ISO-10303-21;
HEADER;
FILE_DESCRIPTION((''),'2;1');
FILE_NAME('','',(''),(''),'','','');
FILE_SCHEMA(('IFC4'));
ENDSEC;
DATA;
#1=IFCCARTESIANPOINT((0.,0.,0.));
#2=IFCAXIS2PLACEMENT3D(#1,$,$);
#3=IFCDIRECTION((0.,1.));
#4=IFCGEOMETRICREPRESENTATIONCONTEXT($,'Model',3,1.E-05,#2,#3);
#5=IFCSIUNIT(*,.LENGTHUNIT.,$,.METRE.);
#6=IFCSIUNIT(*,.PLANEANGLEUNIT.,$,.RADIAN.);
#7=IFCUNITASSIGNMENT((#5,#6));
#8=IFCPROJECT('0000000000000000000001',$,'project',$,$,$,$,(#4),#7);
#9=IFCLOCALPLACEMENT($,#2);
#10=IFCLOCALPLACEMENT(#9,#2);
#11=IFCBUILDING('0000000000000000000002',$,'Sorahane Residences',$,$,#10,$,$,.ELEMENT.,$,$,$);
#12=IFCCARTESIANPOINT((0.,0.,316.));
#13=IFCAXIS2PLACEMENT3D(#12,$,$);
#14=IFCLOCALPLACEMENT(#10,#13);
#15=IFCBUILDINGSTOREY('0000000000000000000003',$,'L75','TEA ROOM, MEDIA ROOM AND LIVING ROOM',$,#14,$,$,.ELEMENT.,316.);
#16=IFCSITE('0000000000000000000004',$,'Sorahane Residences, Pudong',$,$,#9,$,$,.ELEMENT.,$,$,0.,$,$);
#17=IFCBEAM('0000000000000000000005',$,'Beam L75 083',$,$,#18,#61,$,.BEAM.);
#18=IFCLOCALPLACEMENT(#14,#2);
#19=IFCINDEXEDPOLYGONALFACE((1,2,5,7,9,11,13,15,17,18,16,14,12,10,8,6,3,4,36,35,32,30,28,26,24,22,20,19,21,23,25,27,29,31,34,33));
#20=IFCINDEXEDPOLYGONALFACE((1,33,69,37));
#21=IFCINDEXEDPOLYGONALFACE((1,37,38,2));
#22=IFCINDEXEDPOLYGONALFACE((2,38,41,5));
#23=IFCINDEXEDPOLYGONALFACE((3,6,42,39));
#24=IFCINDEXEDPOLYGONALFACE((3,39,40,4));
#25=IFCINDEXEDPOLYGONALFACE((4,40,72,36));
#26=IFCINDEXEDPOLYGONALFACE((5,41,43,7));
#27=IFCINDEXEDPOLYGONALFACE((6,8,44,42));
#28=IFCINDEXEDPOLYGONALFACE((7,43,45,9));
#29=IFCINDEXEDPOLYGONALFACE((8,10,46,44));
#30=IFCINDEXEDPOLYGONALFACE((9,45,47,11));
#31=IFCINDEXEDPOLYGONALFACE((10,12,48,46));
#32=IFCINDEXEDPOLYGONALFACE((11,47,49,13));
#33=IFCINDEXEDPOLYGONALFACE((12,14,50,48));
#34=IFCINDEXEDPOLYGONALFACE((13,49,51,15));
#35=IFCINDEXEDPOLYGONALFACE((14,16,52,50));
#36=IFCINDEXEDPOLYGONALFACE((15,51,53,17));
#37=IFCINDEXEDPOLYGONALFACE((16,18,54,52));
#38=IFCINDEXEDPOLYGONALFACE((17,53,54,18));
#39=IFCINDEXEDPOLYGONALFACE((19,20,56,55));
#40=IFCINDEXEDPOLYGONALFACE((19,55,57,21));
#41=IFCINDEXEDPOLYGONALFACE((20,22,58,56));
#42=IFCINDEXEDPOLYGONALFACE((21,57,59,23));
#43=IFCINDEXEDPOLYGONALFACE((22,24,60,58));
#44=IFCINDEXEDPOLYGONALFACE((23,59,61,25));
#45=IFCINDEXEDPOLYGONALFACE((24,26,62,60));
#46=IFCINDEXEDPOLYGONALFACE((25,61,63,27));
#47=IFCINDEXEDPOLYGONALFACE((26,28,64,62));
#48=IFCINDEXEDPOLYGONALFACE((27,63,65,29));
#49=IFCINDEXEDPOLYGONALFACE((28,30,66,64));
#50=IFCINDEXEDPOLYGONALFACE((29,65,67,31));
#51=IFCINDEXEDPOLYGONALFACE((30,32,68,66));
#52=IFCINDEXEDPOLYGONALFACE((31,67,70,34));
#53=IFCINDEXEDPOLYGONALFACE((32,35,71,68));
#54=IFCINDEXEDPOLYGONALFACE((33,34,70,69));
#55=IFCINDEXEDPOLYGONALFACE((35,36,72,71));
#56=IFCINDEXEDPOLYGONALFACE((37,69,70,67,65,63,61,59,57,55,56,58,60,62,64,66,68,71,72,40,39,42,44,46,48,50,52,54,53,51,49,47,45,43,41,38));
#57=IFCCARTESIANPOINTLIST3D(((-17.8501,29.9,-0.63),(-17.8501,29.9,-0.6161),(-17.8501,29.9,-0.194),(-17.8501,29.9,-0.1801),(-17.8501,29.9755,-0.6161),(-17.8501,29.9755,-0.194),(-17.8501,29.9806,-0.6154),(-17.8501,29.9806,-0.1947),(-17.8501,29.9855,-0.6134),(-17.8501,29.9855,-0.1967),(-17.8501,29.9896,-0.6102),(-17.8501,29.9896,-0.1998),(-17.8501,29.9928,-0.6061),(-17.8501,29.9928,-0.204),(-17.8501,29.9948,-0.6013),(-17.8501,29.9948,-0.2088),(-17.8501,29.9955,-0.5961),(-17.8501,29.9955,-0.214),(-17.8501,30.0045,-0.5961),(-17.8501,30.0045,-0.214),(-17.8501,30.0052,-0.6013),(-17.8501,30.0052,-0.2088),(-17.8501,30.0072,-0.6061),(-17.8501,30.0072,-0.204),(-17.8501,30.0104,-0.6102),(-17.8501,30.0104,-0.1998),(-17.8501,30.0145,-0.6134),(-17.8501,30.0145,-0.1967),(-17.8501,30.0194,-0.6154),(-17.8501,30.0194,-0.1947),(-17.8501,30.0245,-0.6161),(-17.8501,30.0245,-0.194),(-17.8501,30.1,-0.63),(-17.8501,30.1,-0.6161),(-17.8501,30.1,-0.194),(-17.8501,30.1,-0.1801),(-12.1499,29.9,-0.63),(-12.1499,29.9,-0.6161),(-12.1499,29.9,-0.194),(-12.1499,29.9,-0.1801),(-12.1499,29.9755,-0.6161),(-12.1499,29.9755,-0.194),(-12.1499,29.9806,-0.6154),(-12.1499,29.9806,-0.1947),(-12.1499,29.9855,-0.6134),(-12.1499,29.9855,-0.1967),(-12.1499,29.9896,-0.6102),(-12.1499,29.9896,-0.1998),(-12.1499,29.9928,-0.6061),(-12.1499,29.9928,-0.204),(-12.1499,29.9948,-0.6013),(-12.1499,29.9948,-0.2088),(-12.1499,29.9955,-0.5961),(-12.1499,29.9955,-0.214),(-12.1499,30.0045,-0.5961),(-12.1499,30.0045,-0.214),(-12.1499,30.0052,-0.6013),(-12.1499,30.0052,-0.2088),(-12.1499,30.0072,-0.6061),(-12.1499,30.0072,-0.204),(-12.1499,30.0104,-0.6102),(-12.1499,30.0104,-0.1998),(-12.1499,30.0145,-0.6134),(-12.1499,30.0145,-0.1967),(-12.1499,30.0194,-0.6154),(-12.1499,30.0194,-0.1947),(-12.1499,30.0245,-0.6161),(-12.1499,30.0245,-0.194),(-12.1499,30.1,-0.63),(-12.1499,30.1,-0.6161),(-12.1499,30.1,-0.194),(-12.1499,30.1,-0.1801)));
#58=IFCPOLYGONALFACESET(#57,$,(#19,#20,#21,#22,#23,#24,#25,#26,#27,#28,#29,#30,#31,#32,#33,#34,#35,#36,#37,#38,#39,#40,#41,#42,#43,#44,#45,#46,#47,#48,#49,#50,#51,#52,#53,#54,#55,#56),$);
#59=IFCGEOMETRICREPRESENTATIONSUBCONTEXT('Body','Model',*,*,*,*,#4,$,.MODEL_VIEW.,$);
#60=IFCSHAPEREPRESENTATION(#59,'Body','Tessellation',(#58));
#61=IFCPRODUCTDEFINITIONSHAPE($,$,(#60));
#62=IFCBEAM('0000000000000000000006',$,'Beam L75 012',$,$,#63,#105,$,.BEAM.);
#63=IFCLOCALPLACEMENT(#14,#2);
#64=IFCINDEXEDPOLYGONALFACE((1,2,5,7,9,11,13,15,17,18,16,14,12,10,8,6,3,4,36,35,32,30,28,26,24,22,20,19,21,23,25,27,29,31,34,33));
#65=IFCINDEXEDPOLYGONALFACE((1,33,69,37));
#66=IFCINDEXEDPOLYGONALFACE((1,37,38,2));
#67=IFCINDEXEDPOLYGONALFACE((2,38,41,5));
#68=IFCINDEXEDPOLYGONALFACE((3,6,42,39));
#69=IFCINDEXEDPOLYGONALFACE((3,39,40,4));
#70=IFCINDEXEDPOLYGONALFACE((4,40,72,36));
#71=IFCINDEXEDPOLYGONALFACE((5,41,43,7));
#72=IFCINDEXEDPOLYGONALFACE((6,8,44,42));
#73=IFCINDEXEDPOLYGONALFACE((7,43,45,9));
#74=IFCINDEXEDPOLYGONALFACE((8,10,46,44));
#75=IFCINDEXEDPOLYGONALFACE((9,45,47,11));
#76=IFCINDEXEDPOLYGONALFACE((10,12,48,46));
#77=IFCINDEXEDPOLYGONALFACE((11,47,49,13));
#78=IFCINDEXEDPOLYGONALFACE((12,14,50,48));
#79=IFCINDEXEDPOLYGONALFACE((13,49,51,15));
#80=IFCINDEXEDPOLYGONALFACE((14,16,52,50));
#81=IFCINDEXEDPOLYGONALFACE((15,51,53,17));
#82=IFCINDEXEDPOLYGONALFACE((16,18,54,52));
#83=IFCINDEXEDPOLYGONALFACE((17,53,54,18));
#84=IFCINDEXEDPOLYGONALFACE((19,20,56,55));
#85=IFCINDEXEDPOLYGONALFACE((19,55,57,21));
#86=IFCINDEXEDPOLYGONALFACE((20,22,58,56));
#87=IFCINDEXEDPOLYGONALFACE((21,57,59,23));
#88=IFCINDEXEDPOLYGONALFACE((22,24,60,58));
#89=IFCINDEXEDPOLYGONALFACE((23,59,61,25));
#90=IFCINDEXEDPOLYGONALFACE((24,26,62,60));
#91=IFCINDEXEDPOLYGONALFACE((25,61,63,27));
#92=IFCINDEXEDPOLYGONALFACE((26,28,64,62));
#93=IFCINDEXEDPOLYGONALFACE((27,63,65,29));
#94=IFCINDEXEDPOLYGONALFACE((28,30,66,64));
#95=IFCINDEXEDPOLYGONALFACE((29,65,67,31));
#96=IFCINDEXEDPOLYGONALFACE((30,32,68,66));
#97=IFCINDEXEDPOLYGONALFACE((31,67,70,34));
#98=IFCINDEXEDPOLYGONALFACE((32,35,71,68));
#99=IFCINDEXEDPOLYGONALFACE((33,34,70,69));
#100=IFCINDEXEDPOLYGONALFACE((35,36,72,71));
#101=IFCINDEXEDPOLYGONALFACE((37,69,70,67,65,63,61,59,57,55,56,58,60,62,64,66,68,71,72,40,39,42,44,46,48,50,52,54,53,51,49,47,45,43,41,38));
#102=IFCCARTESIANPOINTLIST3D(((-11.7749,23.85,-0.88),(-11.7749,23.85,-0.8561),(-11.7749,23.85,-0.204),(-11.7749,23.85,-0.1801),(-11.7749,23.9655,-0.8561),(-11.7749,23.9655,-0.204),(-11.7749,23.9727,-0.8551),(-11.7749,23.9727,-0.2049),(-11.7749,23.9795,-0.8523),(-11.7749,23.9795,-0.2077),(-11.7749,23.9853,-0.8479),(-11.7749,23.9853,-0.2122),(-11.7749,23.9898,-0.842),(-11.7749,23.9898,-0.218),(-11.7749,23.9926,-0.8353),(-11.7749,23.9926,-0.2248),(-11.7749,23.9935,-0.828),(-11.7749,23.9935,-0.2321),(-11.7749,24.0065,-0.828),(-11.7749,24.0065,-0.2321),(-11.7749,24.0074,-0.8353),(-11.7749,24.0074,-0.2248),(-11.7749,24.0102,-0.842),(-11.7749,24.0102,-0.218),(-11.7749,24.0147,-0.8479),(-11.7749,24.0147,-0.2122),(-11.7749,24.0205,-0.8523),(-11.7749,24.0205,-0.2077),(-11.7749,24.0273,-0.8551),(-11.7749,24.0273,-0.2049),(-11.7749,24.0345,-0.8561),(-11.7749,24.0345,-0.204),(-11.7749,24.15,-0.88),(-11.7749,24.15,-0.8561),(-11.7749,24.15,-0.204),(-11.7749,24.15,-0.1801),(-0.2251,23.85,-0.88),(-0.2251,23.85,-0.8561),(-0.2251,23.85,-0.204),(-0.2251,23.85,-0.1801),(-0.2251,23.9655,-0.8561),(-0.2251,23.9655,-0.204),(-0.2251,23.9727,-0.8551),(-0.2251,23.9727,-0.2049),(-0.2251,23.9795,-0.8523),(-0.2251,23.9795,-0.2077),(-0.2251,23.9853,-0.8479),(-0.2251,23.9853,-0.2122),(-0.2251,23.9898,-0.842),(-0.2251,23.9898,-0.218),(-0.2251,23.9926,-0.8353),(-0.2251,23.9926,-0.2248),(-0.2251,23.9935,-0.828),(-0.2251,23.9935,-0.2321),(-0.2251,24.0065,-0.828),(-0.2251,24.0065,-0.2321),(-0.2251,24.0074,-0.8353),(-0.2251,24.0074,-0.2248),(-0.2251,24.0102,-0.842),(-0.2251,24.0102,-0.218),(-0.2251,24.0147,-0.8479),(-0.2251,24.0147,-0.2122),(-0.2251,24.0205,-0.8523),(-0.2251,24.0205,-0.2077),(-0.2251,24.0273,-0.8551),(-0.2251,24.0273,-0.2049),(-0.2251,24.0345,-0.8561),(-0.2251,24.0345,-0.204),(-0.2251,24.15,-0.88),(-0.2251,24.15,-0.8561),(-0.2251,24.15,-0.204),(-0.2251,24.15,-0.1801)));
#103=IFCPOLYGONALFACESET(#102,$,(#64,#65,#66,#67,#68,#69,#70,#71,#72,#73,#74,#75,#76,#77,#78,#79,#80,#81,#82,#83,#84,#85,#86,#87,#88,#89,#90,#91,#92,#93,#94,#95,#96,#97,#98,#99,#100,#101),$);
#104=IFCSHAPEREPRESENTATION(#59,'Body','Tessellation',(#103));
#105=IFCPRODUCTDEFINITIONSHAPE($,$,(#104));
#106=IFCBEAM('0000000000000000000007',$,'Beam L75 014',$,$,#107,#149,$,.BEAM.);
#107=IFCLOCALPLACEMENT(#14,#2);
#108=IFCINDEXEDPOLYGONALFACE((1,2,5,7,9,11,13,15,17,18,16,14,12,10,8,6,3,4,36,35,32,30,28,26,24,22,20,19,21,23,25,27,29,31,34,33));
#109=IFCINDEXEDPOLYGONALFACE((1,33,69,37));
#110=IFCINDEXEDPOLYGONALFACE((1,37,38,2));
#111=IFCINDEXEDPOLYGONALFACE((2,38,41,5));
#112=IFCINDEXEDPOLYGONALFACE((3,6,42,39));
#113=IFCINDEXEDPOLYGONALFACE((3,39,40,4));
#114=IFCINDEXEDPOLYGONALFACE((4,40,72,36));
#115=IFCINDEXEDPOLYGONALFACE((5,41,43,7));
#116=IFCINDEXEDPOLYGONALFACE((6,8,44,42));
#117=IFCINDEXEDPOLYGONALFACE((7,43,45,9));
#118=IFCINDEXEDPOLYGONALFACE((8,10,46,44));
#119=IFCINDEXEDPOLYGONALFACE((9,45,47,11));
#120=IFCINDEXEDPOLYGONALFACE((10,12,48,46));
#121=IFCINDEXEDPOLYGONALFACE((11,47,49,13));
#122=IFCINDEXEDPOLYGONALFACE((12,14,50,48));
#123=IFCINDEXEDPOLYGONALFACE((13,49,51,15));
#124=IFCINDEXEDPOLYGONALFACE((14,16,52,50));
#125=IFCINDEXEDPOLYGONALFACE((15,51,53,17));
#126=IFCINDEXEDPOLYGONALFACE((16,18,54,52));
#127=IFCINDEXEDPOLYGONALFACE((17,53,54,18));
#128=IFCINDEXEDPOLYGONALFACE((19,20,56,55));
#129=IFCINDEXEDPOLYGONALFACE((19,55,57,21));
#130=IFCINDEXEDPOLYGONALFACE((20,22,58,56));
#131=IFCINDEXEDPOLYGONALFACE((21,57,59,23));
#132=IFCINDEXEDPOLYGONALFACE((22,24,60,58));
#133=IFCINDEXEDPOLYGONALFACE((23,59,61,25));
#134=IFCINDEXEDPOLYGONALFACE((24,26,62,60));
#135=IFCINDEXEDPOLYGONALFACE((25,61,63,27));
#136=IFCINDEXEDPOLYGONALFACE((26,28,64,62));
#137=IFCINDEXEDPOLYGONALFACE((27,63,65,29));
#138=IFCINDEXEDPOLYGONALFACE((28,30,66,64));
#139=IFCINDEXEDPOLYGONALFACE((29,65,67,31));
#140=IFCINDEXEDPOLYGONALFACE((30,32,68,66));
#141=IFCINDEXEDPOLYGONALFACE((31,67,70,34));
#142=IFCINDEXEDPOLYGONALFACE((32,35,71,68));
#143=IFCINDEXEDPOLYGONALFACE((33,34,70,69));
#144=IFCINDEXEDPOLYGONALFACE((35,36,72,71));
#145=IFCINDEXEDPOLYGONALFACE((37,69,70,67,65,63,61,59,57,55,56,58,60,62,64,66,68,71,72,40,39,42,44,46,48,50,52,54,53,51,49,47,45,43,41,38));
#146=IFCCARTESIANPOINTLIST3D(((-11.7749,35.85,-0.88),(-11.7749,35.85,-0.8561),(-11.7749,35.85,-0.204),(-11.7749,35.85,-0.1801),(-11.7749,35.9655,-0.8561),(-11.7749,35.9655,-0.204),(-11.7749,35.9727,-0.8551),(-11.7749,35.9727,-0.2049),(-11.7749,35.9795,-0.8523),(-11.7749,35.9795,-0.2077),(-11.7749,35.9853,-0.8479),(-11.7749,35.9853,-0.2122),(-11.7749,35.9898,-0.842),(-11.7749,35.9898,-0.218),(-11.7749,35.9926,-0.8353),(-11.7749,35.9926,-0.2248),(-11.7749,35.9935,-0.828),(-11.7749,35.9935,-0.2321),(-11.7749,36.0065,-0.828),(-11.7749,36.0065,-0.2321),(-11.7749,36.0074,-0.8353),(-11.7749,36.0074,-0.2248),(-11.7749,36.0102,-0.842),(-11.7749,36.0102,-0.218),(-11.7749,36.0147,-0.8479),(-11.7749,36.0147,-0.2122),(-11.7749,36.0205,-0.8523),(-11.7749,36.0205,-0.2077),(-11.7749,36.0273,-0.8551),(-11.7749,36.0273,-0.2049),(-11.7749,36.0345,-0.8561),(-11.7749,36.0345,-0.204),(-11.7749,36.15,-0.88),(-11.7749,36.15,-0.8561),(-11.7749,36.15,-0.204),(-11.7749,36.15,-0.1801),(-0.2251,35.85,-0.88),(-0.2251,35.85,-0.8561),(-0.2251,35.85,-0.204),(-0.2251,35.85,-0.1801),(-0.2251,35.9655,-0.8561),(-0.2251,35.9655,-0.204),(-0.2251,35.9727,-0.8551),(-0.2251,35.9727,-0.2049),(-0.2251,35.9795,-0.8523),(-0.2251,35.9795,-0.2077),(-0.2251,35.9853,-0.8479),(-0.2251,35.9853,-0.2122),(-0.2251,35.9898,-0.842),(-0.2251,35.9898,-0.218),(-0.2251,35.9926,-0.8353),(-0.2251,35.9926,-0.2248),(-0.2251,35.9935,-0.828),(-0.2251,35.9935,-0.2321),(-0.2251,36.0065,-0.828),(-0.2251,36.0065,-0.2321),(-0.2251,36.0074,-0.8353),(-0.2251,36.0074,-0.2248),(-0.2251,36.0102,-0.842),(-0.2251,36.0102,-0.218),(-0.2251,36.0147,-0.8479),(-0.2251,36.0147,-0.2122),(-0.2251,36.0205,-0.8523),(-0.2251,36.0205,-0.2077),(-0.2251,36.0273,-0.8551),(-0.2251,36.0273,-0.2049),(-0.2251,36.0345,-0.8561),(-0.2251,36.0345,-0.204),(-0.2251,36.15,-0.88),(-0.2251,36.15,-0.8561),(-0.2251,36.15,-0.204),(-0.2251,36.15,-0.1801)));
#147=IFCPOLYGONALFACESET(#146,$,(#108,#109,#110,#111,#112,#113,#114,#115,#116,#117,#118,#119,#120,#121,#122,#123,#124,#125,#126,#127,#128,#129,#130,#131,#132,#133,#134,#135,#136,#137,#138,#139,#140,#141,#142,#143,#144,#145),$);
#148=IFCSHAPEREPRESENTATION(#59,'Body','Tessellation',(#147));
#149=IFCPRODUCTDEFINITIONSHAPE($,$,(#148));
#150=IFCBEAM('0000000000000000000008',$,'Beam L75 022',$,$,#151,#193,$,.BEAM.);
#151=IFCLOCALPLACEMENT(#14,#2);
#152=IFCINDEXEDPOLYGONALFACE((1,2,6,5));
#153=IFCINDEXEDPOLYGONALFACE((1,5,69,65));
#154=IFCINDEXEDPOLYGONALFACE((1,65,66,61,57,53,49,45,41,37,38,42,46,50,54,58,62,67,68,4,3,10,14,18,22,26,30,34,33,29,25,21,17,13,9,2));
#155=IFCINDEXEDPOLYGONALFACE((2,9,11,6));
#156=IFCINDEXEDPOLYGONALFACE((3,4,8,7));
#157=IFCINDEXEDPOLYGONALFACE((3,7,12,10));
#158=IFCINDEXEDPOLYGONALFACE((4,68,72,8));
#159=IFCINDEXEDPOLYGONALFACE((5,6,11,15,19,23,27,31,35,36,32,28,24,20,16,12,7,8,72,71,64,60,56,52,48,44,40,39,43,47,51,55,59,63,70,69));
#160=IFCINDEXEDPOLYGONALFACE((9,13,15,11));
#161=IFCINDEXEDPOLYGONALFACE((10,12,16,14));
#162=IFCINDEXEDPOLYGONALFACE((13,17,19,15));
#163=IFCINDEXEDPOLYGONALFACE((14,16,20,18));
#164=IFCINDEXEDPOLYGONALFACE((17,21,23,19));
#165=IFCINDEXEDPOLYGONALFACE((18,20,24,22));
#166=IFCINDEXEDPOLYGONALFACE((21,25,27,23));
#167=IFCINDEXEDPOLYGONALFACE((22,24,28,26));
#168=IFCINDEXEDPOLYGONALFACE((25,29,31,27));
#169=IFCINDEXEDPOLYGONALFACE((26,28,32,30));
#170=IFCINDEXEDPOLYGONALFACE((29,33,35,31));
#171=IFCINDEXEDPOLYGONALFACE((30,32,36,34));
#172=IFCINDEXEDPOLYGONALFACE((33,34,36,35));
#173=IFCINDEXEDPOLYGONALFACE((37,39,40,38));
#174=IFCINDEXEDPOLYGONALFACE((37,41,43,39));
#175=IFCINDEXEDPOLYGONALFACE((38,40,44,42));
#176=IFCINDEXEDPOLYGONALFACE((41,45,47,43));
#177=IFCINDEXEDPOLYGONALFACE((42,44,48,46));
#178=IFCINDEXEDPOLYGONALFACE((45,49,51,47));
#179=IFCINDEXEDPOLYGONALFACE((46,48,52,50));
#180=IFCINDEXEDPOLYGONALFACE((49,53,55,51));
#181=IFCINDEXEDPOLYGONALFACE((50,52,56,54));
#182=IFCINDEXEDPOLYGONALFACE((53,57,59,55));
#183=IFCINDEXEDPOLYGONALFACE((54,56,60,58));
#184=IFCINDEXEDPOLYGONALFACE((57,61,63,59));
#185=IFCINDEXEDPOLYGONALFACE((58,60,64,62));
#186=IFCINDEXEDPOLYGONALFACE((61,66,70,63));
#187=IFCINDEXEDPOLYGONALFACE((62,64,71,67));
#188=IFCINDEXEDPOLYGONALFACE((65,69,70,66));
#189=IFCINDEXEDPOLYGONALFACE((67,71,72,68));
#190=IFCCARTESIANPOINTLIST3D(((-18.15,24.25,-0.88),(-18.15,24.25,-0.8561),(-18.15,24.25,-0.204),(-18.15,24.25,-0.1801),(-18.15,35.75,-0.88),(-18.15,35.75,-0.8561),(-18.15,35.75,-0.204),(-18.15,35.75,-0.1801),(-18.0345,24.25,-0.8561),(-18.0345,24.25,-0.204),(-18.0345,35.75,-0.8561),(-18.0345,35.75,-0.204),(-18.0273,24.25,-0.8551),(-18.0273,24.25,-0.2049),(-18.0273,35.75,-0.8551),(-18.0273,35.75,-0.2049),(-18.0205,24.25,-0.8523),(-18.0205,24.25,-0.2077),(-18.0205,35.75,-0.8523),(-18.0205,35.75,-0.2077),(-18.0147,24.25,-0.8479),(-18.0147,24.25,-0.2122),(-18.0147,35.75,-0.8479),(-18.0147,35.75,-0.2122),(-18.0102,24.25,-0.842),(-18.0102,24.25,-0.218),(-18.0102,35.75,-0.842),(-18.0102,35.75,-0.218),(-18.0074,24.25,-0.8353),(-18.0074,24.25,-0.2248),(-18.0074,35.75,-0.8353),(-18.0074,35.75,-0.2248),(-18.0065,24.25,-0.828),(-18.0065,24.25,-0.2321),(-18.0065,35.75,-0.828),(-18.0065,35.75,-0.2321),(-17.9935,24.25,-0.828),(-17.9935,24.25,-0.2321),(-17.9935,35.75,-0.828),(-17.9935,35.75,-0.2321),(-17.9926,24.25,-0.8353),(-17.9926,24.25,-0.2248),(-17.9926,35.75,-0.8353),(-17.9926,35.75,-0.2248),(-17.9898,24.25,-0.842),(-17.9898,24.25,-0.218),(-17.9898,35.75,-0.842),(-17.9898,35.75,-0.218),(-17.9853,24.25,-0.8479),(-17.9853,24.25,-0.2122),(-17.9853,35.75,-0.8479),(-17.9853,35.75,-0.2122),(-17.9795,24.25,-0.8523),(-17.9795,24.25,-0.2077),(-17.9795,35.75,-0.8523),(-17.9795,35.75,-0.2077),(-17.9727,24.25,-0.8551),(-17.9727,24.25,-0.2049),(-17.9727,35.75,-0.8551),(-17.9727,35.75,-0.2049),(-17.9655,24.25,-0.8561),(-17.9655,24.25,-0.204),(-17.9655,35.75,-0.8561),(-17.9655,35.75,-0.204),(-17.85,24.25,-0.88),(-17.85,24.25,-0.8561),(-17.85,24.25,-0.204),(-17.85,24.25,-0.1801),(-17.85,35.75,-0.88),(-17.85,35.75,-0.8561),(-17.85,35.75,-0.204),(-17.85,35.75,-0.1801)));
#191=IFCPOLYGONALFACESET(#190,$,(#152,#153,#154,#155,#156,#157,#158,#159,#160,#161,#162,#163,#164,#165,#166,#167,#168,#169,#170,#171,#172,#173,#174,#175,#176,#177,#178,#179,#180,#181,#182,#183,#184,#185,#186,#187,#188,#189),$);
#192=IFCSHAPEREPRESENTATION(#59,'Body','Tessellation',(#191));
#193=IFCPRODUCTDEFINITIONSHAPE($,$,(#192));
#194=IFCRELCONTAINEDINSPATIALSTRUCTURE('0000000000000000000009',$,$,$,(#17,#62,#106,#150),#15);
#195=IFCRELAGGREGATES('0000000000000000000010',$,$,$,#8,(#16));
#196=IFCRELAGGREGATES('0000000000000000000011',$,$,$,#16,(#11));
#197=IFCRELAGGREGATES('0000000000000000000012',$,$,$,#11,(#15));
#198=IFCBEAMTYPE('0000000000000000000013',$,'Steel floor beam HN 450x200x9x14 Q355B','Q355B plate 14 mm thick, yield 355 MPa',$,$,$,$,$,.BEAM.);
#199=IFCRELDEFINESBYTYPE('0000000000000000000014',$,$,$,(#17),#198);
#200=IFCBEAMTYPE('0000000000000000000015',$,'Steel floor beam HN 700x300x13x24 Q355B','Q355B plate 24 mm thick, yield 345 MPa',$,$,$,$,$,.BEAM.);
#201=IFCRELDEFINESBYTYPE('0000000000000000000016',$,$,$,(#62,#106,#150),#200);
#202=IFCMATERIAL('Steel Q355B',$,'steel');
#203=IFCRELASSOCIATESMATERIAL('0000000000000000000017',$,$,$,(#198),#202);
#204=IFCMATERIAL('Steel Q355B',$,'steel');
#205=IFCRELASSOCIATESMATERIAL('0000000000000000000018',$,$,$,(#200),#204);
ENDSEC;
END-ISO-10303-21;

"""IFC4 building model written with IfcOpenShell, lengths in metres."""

from ifc_helpers import new_model, si_unit, direction, frame, origin, origin_2d, place, context, subcontext, project, spatial, i_section, extrude, material, material_profile, profile_set, type_object, element, save


model = new_model("IFC4")

# Units and contexts
model_context = context("Model", 3, precision=1e-05, world=origin(), true_north=direction((0.0, 1.0)))
body_context = subcontext(model_context, "Body", "Model", "MODEL_VIEW")
ifc_project = project(units=[si_unit("LENGTHUNIT", "METRE"), si_unit("PLANEANGLEUNIT", "RADIAN")], contexts=[model_context])

# Site, building, storey
site_placement = place(None, origin())
site = spatial("IfcSite", under=ifc_project, at=site_placement, Name="Sorahane Residences, Pudong", CompositionType="ELEMENT", RefElevation=0.0)
building_placement = place(site_placement, origin())
building = spatial("IfcBuilding", under=site, at=building_placement, Name="Sorahane Residences", CompositionType="ELEMENT")
storey_placement = place(building_placement, frame((0.0, 0.0, 316.0)))
storey = spatial("IfcBuildingStorey", under=building, at=storey_placement, Name="L75", Description="TEA ROOM, MEDIA ROOM AND LIVING ROOM", CompositionType="ELEMENT", Elevation=316.0)

# Beams
ifc_material_1 = material(Name="Steel Q355B", Category="steel")
ifc_material_profile_1 = material_profile(ifc_material_1, i_section(OverallWidth=0.2, OverallDepth=0.45, WebThickness=0.009, FlangeThickness=0.0139, FilletRadius=0.02, at=origin_2d()), Name="HN 450x200x9x14")
ifc_profile_set_1 = profile_set([ifc_material_profile_1], Name="Steel Q355B")
beam_type_1 = type_object("IfcBeamType", Name="Steel floor beam HN 450x200x9x14 Q355B", Description="Q355B plate 14 mm thick, yield 355 MPa", PredefinedType="BEAM", material=ifc_profile_set_1)
beam_1_placement = place(storey_placement, frame((-17.8501, 30.0, -0.405), z_axis=(1.0, 0.0, 0.0), x_axis=(0.0, 1.0, 0.0)))
element("IfcBeam", 1, at=beam_1_placement, inside=storey, type_object=beam_type_1, Name="Beam L75 083", PredefinedType="BEAM", context=body_context, shape_type="SweptSolid", body=[
    extrude(i_section(OverallWidth=0.2, OverallDepth=0.45, WebThickness=0.009, FlangeThickness=0.0139, FilletRadius=0.02, at=origin_2d()), origin(), (0.0, 0.0, 1.0), 5.7002),
])
ifc_material_2 = material(Name="Steel Q355B", Category="steel")
ifc_material_profile_2 = material_profile(ifc_material_2, i_section(OverallWidth=0.3, OverallDepth=0.7, WebThickness=0.0129, FlangeThickness=0.0239, FilletRadius=0.0281, at=origin_2d()), Name="HN 700x300x13x24")
ifc_profile_set_2 = profile_set([ifc_material_profile_2], Name="Steel Q355B")
beam_type_2 = type_object("IfcBeamType", Name="Steel floor beam HN 700x300x13x24 Q355B", Description="Q355B plate 24 mm thick, yield 345 MPa", PredefinedType="BEAM", material=ifc_profile_set_2)
for number, where, z_axis, x_axis, name in (
    (2, (-11.7749, 24.0, -0.53), (1.0, 0.0, 0.0), (0.0, 1.0, 0.0), "Beam L75 012"),
    (3, (-11.7749, 36.0, -0.53), (1.0, 0.0, 0.0), (0.0, 1.0, 0.0), "Beam L75 014"),
):
    element("IfcBeam", number, at=place(storey_placement, frame(where, z_axis=z_axis, x_axis=x_axis)), inside=storey, type_object=beam_type_2, Name=name, PredefinedType="BEAM", context=body_context, shape_type="SweptSolid", body=[
        extrude(i_section(OverallWidth=0.3, OverallDepth=0.7, WebThickness=0.0129, FlangeThickness=0.0239, FilletRadius=0.0281, at=origin_2d()), origin(), (0.0, 0.0, 1.0), 11.5498),
    ])
beam_2_placement = place(storey_placement, frame((-18.0, 24.25, -0.53), z_axis=(0.0, 1.0, 0.0), x_axis=(-1.0, 0.0, 0.0)))
element("IfcBeam", 4, at=beam_2_placement, inside=storey, type_object=beam_type_2, Name="Beam L75 022", PredefinedType="BEAM", context=body_context, shape_type="SweptSolid", body=[
    extrude(i_section(OverallWidth=0.3, OverallDepth=0.7, WebThickness=0.0129, FlangeThickness=0.0239, FilletRadius=0.0281, at=origin_2d()), origin(), (0.0, 0.0, 1.0), 11.5),
])

save(model, "model.ifc")
